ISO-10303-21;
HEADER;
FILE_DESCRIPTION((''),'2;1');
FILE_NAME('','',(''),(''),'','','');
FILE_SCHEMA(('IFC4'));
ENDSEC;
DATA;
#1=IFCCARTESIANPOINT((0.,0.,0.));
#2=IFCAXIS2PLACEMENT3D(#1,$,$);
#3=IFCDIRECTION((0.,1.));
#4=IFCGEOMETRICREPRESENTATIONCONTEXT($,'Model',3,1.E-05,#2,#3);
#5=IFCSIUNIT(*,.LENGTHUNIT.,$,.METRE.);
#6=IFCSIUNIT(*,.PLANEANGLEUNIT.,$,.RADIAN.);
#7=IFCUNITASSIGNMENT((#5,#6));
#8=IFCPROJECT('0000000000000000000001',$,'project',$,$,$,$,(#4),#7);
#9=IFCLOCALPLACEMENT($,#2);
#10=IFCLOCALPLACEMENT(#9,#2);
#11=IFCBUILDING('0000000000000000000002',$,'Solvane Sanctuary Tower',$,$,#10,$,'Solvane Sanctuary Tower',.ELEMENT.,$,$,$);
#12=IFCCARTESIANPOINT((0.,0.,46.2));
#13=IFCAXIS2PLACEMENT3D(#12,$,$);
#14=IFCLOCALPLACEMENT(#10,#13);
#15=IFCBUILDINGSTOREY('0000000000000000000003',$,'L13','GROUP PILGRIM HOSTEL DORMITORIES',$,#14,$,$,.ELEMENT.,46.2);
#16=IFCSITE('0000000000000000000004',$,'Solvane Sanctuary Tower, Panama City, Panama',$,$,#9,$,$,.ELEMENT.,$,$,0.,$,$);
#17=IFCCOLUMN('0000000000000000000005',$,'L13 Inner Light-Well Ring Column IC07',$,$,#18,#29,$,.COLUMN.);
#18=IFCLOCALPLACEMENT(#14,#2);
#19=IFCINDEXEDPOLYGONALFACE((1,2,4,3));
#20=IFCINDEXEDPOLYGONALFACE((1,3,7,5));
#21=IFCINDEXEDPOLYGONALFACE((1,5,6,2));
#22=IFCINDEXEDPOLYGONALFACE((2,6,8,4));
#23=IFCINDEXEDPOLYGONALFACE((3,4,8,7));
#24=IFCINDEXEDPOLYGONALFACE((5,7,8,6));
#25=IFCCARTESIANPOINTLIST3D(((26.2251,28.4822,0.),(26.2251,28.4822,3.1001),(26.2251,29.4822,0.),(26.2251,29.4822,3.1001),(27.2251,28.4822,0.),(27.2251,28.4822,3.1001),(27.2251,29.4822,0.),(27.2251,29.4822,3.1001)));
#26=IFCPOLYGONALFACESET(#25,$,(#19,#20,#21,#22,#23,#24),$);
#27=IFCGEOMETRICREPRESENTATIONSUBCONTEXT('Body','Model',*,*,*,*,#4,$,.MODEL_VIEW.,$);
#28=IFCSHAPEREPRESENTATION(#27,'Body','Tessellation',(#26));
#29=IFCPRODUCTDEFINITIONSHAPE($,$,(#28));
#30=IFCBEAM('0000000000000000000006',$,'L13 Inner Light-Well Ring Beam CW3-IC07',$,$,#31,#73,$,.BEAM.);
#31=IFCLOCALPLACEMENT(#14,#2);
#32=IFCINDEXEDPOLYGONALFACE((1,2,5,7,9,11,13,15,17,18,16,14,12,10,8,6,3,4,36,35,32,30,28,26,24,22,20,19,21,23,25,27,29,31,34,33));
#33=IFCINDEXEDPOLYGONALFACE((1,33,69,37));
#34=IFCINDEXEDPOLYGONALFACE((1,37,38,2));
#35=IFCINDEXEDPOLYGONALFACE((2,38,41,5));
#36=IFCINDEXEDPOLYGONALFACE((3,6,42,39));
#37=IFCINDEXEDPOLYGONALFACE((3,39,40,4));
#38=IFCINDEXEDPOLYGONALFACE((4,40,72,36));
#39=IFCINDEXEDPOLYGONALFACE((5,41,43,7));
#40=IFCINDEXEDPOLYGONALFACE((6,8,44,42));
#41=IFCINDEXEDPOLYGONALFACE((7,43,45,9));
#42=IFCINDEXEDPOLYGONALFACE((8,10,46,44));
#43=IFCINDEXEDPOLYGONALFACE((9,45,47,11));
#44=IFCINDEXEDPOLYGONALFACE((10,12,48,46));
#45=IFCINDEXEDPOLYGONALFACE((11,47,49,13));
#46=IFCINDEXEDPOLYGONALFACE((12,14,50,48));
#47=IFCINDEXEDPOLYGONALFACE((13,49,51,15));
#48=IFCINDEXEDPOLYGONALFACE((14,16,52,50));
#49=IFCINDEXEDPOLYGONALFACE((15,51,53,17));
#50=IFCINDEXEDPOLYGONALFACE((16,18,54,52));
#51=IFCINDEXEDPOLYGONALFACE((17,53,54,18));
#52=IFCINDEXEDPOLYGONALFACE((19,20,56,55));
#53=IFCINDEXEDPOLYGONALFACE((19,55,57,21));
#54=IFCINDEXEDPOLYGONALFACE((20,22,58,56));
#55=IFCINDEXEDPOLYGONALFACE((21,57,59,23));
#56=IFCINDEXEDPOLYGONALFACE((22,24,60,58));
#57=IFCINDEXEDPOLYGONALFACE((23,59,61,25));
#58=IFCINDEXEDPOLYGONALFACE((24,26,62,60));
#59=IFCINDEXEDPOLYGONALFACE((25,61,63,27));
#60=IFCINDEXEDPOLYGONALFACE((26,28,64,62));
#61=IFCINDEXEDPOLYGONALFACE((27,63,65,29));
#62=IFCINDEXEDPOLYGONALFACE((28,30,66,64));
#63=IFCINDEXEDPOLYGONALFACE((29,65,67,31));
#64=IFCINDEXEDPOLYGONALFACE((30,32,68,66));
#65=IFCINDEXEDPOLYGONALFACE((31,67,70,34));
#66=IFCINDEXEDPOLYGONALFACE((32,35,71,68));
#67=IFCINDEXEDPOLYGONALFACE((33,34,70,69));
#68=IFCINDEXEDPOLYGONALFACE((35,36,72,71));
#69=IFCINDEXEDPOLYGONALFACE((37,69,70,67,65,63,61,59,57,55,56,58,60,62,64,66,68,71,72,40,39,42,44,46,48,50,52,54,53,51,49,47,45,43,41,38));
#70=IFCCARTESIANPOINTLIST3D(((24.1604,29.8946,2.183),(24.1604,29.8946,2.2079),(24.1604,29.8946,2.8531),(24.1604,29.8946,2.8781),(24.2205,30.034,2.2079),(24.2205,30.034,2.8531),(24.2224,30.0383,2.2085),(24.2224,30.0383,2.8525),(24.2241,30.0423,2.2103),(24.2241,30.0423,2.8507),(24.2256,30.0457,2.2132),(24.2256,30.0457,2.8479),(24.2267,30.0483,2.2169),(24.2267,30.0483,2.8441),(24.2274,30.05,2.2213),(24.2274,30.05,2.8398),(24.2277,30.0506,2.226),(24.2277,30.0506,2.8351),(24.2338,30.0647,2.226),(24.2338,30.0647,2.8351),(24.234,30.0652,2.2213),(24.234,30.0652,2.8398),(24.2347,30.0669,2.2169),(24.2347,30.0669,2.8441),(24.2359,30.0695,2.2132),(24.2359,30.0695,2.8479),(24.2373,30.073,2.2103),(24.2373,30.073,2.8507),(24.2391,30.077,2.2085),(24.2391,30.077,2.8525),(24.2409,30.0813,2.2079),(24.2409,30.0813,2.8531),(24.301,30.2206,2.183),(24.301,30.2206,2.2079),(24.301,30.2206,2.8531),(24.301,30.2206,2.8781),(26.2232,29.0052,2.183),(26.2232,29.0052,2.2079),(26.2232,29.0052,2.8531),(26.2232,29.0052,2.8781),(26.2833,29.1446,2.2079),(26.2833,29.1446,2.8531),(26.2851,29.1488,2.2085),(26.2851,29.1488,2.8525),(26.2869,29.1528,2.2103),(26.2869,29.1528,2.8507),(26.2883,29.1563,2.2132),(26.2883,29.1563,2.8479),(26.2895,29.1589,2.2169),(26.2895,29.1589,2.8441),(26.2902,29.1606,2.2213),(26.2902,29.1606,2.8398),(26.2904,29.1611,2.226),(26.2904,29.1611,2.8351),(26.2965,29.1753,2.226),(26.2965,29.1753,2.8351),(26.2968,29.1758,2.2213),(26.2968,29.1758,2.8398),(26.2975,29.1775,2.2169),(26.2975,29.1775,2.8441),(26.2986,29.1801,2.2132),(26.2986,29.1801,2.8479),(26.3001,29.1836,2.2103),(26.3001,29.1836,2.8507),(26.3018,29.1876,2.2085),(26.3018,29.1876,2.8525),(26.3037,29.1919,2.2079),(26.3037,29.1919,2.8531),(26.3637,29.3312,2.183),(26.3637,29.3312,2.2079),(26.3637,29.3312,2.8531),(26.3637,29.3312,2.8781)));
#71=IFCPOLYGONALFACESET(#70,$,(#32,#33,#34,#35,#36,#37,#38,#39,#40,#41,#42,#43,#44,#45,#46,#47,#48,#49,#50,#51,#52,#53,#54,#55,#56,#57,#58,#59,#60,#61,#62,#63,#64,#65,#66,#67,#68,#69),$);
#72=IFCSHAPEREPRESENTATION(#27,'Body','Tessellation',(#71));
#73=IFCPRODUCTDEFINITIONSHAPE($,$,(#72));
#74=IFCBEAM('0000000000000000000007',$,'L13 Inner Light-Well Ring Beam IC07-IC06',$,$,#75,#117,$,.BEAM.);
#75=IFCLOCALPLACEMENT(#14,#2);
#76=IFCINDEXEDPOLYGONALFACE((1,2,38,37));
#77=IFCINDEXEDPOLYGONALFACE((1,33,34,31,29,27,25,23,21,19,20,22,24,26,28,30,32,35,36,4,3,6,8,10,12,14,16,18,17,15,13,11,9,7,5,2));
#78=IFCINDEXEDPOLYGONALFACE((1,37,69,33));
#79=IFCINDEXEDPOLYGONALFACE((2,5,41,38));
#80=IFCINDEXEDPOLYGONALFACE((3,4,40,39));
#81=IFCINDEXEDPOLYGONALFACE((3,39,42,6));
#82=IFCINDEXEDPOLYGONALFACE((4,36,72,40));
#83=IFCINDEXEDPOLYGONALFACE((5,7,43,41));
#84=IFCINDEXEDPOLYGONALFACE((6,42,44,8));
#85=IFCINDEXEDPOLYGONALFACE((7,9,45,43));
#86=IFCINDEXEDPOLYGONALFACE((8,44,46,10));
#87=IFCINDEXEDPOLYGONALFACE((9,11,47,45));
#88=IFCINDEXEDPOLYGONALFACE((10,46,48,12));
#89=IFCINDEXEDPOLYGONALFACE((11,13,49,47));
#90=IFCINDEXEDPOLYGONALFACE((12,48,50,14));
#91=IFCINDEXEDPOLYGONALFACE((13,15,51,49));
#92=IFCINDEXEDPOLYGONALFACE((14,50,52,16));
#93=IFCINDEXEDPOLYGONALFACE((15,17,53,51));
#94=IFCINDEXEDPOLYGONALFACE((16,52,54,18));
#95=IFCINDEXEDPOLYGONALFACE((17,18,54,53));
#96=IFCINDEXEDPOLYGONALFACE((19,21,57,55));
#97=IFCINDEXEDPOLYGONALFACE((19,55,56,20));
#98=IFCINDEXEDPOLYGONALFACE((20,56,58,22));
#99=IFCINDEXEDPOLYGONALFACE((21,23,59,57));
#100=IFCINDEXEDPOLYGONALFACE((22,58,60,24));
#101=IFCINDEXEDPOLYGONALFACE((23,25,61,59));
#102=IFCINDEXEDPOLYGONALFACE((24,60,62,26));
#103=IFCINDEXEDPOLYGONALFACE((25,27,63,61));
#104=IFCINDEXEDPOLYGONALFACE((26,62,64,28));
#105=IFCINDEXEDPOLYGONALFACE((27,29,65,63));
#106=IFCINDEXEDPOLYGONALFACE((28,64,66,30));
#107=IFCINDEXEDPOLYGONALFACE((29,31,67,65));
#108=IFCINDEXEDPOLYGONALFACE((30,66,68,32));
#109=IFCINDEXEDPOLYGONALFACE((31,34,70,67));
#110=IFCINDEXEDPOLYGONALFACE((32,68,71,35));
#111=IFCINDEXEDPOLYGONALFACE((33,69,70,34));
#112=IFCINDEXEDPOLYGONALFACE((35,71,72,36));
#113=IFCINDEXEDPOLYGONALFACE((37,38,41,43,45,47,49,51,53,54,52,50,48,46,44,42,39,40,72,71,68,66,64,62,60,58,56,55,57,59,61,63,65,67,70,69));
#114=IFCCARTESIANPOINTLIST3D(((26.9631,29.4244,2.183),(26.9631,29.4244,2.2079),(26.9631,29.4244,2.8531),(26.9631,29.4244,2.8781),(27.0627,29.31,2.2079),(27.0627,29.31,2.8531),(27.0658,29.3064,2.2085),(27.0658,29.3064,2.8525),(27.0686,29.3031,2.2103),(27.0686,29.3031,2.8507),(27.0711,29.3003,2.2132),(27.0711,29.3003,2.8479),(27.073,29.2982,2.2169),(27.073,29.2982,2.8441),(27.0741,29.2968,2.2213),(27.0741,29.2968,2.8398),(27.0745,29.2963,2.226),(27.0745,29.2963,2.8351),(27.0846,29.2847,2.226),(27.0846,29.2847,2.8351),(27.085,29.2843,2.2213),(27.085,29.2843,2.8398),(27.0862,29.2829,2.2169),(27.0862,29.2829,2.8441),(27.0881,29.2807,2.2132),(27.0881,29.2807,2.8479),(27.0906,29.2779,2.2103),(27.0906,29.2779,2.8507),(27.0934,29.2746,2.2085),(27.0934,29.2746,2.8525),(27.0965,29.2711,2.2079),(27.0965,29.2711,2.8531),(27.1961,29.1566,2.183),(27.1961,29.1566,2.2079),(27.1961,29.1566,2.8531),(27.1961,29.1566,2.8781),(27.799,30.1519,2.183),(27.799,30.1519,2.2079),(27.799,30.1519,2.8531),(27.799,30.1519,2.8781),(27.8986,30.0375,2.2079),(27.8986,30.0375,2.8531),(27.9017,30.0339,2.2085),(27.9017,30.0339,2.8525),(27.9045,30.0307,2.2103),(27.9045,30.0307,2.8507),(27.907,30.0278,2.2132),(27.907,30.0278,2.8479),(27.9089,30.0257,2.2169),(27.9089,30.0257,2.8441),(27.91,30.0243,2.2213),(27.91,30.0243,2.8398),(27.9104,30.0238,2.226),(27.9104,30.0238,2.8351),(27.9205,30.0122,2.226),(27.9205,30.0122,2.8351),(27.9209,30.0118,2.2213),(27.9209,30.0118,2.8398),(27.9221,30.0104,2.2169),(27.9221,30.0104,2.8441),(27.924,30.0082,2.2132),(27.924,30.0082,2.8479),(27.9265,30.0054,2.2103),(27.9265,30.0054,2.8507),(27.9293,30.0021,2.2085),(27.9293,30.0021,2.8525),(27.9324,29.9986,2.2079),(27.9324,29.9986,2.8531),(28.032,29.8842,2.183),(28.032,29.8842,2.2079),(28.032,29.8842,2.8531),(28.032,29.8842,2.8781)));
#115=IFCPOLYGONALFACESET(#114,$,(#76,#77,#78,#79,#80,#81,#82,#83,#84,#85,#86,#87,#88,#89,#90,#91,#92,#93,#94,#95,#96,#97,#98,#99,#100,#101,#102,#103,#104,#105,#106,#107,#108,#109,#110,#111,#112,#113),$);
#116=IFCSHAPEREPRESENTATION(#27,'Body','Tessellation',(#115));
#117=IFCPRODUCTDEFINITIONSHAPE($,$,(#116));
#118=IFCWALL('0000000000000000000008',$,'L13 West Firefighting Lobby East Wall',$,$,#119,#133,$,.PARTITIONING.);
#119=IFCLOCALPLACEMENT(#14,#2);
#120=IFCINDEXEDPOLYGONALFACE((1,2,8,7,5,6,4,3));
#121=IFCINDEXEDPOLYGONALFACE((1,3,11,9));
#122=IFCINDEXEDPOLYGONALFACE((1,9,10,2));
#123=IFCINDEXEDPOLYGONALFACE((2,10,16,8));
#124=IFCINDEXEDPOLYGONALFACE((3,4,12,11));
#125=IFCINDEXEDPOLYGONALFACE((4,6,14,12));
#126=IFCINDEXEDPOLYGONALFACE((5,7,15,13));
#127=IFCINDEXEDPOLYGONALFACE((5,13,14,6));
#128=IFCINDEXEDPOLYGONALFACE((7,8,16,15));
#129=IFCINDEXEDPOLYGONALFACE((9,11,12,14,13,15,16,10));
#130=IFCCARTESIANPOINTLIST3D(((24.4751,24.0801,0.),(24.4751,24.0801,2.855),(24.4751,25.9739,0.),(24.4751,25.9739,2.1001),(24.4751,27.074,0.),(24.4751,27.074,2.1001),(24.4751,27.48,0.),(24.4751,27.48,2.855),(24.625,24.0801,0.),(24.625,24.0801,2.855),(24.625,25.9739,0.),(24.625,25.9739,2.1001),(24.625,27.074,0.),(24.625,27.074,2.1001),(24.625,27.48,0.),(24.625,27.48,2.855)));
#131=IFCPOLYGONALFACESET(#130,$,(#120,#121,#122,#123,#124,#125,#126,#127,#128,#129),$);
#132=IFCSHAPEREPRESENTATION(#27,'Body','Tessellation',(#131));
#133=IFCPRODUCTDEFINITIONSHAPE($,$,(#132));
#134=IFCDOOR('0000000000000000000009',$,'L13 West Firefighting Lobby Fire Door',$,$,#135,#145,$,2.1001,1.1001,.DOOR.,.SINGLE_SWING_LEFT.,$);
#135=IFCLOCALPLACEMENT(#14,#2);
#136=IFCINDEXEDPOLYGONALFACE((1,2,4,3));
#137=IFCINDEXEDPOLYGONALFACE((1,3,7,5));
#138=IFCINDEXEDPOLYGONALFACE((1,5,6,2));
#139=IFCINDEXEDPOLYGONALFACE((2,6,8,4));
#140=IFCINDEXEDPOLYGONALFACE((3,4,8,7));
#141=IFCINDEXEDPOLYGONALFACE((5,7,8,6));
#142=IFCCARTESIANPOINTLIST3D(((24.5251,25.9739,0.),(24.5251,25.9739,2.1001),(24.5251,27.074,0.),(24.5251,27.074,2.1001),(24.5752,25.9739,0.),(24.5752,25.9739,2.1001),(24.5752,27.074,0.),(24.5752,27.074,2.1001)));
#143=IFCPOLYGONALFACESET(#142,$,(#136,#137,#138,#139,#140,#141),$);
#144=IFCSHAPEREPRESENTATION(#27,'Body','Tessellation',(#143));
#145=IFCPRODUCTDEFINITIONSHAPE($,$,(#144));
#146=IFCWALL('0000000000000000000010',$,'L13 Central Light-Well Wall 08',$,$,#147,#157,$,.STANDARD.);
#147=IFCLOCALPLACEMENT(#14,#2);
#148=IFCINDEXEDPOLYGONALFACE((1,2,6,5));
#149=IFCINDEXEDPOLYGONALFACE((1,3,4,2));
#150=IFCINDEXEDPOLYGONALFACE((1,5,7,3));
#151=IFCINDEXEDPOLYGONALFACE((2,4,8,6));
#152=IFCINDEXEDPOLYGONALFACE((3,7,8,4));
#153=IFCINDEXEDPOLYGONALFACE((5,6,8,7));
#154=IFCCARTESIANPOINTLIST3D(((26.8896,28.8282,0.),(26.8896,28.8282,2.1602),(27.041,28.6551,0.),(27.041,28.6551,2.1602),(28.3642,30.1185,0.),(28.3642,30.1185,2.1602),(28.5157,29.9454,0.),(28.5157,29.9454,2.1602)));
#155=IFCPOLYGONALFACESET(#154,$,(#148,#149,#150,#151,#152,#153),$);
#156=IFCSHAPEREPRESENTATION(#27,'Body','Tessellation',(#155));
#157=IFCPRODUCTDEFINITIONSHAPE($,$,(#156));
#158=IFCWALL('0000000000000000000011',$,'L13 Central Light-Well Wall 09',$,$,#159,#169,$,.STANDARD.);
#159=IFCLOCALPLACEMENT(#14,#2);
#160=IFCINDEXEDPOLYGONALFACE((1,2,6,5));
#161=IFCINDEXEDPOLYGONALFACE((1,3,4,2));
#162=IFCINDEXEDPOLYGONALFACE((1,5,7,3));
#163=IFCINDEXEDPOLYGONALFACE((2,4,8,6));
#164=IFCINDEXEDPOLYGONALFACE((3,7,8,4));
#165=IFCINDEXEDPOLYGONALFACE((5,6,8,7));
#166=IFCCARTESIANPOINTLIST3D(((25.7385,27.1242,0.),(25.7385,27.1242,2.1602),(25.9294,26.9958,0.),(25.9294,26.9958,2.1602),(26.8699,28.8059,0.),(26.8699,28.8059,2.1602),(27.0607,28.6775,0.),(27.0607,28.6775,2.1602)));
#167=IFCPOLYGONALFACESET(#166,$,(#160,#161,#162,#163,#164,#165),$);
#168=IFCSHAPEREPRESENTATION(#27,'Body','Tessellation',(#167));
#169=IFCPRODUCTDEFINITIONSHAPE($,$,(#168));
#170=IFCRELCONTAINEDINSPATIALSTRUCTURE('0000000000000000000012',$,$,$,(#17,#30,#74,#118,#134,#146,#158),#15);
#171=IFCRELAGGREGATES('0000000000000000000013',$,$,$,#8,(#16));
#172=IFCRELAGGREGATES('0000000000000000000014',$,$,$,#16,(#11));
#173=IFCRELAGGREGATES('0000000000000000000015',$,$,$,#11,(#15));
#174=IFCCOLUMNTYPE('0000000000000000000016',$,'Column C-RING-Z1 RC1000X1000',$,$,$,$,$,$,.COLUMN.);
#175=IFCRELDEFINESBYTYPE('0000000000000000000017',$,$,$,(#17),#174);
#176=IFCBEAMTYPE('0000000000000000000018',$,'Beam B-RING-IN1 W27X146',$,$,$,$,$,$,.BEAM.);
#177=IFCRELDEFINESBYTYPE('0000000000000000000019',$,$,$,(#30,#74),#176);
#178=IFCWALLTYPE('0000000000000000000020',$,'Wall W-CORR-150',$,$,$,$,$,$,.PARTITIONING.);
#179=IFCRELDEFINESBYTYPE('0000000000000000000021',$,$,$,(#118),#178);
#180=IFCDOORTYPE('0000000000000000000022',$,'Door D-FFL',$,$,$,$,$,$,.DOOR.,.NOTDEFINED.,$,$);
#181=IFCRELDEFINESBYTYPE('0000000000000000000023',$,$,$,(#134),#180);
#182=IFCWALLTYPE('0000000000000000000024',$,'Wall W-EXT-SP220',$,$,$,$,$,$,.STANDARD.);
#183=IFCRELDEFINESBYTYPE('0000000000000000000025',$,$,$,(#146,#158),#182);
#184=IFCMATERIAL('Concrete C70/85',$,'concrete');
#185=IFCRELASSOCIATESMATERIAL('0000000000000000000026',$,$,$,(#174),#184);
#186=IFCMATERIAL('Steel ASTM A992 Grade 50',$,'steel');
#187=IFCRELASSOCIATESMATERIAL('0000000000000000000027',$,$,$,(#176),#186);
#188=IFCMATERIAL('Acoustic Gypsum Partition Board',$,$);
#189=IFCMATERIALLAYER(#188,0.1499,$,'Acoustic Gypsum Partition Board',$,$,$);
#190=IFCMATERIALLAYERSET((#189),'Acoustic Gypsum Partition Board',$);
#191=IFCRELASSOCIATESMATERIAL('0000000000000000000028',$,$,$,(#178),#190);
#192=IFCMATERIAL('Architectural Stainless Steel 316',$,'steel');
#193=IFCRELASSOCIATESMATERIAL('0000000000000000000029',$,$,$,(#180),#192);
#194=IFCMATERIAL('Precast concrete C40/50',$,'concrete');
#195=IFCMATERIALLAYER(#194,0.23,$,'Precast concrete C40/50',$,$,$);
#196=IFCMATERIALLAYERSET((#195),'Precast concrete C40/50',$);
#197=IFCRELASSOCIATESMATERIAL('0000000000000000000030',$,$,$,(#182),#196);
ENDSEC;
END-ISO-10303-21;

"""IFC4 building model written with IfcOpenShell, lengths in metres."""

from ifc_helpers import new_model, si_unit, direction, frame, frame_2d, origin, origin_2d, place, context, subcontext, project, spatial, rectangle, i_section, extrude, material, layer, layer_set, material_profile, profile_set, type_object, element, fill, save


model = new_model("IFC4")

# Units and contexts
model_context = context("Model", 3, precision=1e-05, world=origin(), true_north=direction((0.0, 1.0)))
body_context = subcontext(model_context, "Body", "Model", "MODEL_VIEW")
ifc_project = project(units=[si_unit("LENGTHUNIT", "METRE"), si_unit("PLANEANGLEUNIT", "RADIAN")], contexts=[model_context])

# Site, building, storey
site_placement = place(None, origin())
site = spatial("IfcSite", under=ifc_project, at=site_placement, Name="Solvane Sanctuary Tower, Panama City, Panama", CompositionType="ELEMENT", RefElevation=0.0)
building_placement = place(site_placement, origin())
building = spatial("IfcBuilding", under=site, at=building_placement, Name="Solvane Sanctuary Tower", LongName="Solvane Sanctuary Tower", CompositionType="ELEMENT")
storey_placement = place(building_placement, frame((0.0, 0.0, 46.2)))
storey = spatial("IfcBuildingStorey", under=building, at=storey_placement, Name="L13", Description="GROUP PILGRIM HOSTEL DORMITORIES", CompositionType="ELEMENT", Elevation=46.2)

# Column
ifc_material_1 = material(Name="Concrete C70/85", Category="concrete")
ifc_material_profile_1 = material_profile(ifc_material_1, rectangle(XDim=1.0, YDim=1.0, at=origin_2d()), Name="RC1000X1000")
ifc_profile_set_1 = profile_set([ifc_material_profile_1], Name="Concrete C70/85")
column_type = type_object("IfcColumnType", Name="Column C-RING-Z1 RC1000X1000", PredefinedType="COLUMN", material=ifc_profile_set_1)
column_placement = place(storey_placement, frame((26.7251, 28.9822, 0.0), z_axis=(0.0, 0.0, 1.0), x_axis=(1.0, 0.0, 0.0)))
element("IfcColumn", 1, at=column_placement, inside=storey, type_object=column_type, Name="L13 Inner Light-Well Ring Column IC07", PredefinedType="COLUMN", context=body_context, shape_type="SweptSolid", body=[
    extrude(rectangle(XDim=1.0, YDim=1.0, at=origin_2d()), origin(), (0.0, 0.0, 1.0), 3.1001),
])

# Beams
ifc_material_2 = material(Name="Steel ASTM A992 Grade 50", Category="steel")
ifc_material_profile_2 = material_profile(ifc_material_2, i_section(OverallWidth=0.355, OverallDepth=0.6951, WebThickness=0.0154, FlangeThickness=0.0249, FilletRadius=0.0181, at=origin_2d()), Name="W27X146")
ifc_profile_set_2 = profile_set([ifc_material_profile_2], Name="Steel ASTM A992 Grade 50")
beam_type = type_object("IfcBeamType", Name="Beam B-RING-IN1 W27X146", PredefinedType="BEAM", material=ifc_profile_set_2)
beam_1_placement = place(storey_placement, frame((24.2307, 30.0576, 2.5305), z_axis=(0.918277, -0.395938, 0.0), x_axis=(0.395938, 0.918277, 0.0)))
element("IfcBeam", 2, at=beam_1_placement, inside=storey, type_object=beam_type, Name="L13 Inner Light-Well Ring Beam CW3-IC07", PredefinedType="BEAM", context=body_context, shape_type="SweptSolid", body=[
    extrude(i_section(OverallWidth=0.355, OverallDepth=0.6951, WebThickness=0.0154, FlangeThickness=0.0249, FilletRadius=0.0181, at=origin_2d()), origin(), (0.0, 0.0, 1.0), 2.2463),
])
beam_2_placement = place(storey_placement, frame((27.0796, 29.2905, 2.5305), z_axis=(0.754321, 0.656506, 0.0), x_axis=(-0.656506, 0.754321, 0.0)))
element("IfcBeam", 3, at=beam_2_placement, inside=storey, type_object=beam_type, Name="L13 Inner Light-Well Ring Beam IC07-IC06", PredefinedType="BEAM", context=body_context, shape_type="SweptSolid", body=[
    extrude(i_section(OverallWidth=0.355, OverallDepth=0.6951, WebThickness=0.0154, FlangeThickness=0.0249, FilletRadius=0.0181, at=origin_2d()), origin(), (0.0, 0.0, 1.0), 1.1082),
])

# Wall, opening, door
ifc_material_3 = material(Name="Acoustic Gypsum Partition Board")
ifc_layer_1 = layer(ifc_material_3, 0.1499, Name="Acoustic Gypsum Partition Board")
ifc_layer_set_1 = layer_set([ifc_layer_1], Name="Acoustic Gypsum Partition Board")
wall_type_1 = type_object("IfcWallType", Name="Wall W-CORR-150", PredefinedType="PARTITIONING", material=ifc_layer_set_1)
wall_1_placement = place(storey_placement, frame((24.55, 24.0801, 0.0), z_axis=(0.0, 0.0, 1.0), x_axis=(0.0, 1.0, 0.0)))
wall_1 = element("IfcWall", 4, at=wall_1_placement, inside=storey, type_object=wall_type_1, Name="L13 West Firefighting Lobby East Wall", PredefinedType="PARTITIONING", context=body_context, shape_type="SweptSolid", body=[
    extrude(rectangle(XDim=3.3999, YDim=0.1499, at=frame_2d((1.7, 0.0))), origin(), (0.0, 0.0, 1.0), 2.855),
])
opening_1_placement = place(wall_1_placement, frame((1.8938, 0.0, 0.0)))
opening_1 = element("IfcOpeningElement", 5, at=opening_1_placement, cuts=wall_1, PredefinedType="OPENING", context=body_context, shape_type="SweptSolid", body=[
    extrude(rectangle(XDim=1.1001, YDim=2.1001, at=frame_2d((0.55, 1.05))), frame((0.0, 0.085, 0.0), z_axis=(0.0, -1.0, 0.0), x_axis=(1.0, 0.0, 0.0)), (0.0, 0.0, 1.0), 0.1699),
])
ifc_material_4 = material(Name="Architectural Stainless Steel 316", Category="steel")
door_type_1 = type_object("IfcDoorType", Name="Door D-FFL", OperationType="NOTDEFINED", PredefinedType="DOOR", material=ifc_material_4)
door_1_placement = place(opening_1_placement, origin())
door_1 = element("IfcDoor", 6, at=door_1_placement, inside=storey, type_object=door_type_1, Name="L13 West Firefighting Lobby Fire Door", OperationType="SINGLE_SWING_LEFT", OverallHeight=2.1001, OverallWidth=1.1001, PredefinedType="DOOR", context=body_context, shape_type="SweptSolid", body=[
    extrude(rectangle(XDim=1.1001, YDim=2.1001, at=frame_2d((0.55, 1.05))), frame((0.0, 0.0249, 0.0), z_axis=(0.0, -1.0, 0.0), x_axis=(1.0, 0.0, 0.0)), (0.0, 0.0, 1.0), 0.05),
])
fill(opening_1, door_1)

# Walls
ifc_material_5 = material(Name="Precast concrete C40/50", Category="concrete")
ifc_layer_2 = layer(ifc_material_5, 0.23, Name="Precast concrete C40/50")
ifc_layer_set_2 = layer_set([ifc_layer_2], Name="Precast concrete C40/50")
wall_type_2 = type_object("IfcWallType", Name="Wall W-EXT-SP220", PredefinedType="STANDARD", material=ifc_layer_set_2)
wall_2_placement = place(storey_placement, frame((28.4399, 30.032, 0.0), z_axis=(0.0, 0.0, 1.0), x_axis=(-0.752577, -0.658505, 0.0)))
element("IfcWall", 7, at=wall_2_placement, inside=storey, type_object=wall_type_2, Name="L13 Central Light-Well Wall 08", PredefinedType="STANDARD", context=body_context, shape_type="SweptSolid", body=[
    extrude(rectangle(XDim=1.9595, YDim=0.23, at=frame_2d((0.9797, 0.0))), origin(), (0.0, 0.0, 1.0), 2.1602),
])
wall_3_placement = place(storey_placement, frame((26.9653, 28.7417, 0.0), z_axis=(0.0, 0.0, 1.0), x_axis=(-0.558198, -0.829708, 0.0)))
element("IfcWall", 8, at=wall_3_placement, inside=storey, type_object=wall_type_2, Name="L13 Central Light-Well Wall 09", PredefinedType="STANDARD", context=body_context, shape_type="SweptSolid", body=[
    extrude(rectangle(XDim=2.0269, YDim=0.23, at=frame_2d((1.0134, 0.0))), origin(), (0.0, 0.0, 1.0), 2.1602),
])

save(model, "model.ifc")
